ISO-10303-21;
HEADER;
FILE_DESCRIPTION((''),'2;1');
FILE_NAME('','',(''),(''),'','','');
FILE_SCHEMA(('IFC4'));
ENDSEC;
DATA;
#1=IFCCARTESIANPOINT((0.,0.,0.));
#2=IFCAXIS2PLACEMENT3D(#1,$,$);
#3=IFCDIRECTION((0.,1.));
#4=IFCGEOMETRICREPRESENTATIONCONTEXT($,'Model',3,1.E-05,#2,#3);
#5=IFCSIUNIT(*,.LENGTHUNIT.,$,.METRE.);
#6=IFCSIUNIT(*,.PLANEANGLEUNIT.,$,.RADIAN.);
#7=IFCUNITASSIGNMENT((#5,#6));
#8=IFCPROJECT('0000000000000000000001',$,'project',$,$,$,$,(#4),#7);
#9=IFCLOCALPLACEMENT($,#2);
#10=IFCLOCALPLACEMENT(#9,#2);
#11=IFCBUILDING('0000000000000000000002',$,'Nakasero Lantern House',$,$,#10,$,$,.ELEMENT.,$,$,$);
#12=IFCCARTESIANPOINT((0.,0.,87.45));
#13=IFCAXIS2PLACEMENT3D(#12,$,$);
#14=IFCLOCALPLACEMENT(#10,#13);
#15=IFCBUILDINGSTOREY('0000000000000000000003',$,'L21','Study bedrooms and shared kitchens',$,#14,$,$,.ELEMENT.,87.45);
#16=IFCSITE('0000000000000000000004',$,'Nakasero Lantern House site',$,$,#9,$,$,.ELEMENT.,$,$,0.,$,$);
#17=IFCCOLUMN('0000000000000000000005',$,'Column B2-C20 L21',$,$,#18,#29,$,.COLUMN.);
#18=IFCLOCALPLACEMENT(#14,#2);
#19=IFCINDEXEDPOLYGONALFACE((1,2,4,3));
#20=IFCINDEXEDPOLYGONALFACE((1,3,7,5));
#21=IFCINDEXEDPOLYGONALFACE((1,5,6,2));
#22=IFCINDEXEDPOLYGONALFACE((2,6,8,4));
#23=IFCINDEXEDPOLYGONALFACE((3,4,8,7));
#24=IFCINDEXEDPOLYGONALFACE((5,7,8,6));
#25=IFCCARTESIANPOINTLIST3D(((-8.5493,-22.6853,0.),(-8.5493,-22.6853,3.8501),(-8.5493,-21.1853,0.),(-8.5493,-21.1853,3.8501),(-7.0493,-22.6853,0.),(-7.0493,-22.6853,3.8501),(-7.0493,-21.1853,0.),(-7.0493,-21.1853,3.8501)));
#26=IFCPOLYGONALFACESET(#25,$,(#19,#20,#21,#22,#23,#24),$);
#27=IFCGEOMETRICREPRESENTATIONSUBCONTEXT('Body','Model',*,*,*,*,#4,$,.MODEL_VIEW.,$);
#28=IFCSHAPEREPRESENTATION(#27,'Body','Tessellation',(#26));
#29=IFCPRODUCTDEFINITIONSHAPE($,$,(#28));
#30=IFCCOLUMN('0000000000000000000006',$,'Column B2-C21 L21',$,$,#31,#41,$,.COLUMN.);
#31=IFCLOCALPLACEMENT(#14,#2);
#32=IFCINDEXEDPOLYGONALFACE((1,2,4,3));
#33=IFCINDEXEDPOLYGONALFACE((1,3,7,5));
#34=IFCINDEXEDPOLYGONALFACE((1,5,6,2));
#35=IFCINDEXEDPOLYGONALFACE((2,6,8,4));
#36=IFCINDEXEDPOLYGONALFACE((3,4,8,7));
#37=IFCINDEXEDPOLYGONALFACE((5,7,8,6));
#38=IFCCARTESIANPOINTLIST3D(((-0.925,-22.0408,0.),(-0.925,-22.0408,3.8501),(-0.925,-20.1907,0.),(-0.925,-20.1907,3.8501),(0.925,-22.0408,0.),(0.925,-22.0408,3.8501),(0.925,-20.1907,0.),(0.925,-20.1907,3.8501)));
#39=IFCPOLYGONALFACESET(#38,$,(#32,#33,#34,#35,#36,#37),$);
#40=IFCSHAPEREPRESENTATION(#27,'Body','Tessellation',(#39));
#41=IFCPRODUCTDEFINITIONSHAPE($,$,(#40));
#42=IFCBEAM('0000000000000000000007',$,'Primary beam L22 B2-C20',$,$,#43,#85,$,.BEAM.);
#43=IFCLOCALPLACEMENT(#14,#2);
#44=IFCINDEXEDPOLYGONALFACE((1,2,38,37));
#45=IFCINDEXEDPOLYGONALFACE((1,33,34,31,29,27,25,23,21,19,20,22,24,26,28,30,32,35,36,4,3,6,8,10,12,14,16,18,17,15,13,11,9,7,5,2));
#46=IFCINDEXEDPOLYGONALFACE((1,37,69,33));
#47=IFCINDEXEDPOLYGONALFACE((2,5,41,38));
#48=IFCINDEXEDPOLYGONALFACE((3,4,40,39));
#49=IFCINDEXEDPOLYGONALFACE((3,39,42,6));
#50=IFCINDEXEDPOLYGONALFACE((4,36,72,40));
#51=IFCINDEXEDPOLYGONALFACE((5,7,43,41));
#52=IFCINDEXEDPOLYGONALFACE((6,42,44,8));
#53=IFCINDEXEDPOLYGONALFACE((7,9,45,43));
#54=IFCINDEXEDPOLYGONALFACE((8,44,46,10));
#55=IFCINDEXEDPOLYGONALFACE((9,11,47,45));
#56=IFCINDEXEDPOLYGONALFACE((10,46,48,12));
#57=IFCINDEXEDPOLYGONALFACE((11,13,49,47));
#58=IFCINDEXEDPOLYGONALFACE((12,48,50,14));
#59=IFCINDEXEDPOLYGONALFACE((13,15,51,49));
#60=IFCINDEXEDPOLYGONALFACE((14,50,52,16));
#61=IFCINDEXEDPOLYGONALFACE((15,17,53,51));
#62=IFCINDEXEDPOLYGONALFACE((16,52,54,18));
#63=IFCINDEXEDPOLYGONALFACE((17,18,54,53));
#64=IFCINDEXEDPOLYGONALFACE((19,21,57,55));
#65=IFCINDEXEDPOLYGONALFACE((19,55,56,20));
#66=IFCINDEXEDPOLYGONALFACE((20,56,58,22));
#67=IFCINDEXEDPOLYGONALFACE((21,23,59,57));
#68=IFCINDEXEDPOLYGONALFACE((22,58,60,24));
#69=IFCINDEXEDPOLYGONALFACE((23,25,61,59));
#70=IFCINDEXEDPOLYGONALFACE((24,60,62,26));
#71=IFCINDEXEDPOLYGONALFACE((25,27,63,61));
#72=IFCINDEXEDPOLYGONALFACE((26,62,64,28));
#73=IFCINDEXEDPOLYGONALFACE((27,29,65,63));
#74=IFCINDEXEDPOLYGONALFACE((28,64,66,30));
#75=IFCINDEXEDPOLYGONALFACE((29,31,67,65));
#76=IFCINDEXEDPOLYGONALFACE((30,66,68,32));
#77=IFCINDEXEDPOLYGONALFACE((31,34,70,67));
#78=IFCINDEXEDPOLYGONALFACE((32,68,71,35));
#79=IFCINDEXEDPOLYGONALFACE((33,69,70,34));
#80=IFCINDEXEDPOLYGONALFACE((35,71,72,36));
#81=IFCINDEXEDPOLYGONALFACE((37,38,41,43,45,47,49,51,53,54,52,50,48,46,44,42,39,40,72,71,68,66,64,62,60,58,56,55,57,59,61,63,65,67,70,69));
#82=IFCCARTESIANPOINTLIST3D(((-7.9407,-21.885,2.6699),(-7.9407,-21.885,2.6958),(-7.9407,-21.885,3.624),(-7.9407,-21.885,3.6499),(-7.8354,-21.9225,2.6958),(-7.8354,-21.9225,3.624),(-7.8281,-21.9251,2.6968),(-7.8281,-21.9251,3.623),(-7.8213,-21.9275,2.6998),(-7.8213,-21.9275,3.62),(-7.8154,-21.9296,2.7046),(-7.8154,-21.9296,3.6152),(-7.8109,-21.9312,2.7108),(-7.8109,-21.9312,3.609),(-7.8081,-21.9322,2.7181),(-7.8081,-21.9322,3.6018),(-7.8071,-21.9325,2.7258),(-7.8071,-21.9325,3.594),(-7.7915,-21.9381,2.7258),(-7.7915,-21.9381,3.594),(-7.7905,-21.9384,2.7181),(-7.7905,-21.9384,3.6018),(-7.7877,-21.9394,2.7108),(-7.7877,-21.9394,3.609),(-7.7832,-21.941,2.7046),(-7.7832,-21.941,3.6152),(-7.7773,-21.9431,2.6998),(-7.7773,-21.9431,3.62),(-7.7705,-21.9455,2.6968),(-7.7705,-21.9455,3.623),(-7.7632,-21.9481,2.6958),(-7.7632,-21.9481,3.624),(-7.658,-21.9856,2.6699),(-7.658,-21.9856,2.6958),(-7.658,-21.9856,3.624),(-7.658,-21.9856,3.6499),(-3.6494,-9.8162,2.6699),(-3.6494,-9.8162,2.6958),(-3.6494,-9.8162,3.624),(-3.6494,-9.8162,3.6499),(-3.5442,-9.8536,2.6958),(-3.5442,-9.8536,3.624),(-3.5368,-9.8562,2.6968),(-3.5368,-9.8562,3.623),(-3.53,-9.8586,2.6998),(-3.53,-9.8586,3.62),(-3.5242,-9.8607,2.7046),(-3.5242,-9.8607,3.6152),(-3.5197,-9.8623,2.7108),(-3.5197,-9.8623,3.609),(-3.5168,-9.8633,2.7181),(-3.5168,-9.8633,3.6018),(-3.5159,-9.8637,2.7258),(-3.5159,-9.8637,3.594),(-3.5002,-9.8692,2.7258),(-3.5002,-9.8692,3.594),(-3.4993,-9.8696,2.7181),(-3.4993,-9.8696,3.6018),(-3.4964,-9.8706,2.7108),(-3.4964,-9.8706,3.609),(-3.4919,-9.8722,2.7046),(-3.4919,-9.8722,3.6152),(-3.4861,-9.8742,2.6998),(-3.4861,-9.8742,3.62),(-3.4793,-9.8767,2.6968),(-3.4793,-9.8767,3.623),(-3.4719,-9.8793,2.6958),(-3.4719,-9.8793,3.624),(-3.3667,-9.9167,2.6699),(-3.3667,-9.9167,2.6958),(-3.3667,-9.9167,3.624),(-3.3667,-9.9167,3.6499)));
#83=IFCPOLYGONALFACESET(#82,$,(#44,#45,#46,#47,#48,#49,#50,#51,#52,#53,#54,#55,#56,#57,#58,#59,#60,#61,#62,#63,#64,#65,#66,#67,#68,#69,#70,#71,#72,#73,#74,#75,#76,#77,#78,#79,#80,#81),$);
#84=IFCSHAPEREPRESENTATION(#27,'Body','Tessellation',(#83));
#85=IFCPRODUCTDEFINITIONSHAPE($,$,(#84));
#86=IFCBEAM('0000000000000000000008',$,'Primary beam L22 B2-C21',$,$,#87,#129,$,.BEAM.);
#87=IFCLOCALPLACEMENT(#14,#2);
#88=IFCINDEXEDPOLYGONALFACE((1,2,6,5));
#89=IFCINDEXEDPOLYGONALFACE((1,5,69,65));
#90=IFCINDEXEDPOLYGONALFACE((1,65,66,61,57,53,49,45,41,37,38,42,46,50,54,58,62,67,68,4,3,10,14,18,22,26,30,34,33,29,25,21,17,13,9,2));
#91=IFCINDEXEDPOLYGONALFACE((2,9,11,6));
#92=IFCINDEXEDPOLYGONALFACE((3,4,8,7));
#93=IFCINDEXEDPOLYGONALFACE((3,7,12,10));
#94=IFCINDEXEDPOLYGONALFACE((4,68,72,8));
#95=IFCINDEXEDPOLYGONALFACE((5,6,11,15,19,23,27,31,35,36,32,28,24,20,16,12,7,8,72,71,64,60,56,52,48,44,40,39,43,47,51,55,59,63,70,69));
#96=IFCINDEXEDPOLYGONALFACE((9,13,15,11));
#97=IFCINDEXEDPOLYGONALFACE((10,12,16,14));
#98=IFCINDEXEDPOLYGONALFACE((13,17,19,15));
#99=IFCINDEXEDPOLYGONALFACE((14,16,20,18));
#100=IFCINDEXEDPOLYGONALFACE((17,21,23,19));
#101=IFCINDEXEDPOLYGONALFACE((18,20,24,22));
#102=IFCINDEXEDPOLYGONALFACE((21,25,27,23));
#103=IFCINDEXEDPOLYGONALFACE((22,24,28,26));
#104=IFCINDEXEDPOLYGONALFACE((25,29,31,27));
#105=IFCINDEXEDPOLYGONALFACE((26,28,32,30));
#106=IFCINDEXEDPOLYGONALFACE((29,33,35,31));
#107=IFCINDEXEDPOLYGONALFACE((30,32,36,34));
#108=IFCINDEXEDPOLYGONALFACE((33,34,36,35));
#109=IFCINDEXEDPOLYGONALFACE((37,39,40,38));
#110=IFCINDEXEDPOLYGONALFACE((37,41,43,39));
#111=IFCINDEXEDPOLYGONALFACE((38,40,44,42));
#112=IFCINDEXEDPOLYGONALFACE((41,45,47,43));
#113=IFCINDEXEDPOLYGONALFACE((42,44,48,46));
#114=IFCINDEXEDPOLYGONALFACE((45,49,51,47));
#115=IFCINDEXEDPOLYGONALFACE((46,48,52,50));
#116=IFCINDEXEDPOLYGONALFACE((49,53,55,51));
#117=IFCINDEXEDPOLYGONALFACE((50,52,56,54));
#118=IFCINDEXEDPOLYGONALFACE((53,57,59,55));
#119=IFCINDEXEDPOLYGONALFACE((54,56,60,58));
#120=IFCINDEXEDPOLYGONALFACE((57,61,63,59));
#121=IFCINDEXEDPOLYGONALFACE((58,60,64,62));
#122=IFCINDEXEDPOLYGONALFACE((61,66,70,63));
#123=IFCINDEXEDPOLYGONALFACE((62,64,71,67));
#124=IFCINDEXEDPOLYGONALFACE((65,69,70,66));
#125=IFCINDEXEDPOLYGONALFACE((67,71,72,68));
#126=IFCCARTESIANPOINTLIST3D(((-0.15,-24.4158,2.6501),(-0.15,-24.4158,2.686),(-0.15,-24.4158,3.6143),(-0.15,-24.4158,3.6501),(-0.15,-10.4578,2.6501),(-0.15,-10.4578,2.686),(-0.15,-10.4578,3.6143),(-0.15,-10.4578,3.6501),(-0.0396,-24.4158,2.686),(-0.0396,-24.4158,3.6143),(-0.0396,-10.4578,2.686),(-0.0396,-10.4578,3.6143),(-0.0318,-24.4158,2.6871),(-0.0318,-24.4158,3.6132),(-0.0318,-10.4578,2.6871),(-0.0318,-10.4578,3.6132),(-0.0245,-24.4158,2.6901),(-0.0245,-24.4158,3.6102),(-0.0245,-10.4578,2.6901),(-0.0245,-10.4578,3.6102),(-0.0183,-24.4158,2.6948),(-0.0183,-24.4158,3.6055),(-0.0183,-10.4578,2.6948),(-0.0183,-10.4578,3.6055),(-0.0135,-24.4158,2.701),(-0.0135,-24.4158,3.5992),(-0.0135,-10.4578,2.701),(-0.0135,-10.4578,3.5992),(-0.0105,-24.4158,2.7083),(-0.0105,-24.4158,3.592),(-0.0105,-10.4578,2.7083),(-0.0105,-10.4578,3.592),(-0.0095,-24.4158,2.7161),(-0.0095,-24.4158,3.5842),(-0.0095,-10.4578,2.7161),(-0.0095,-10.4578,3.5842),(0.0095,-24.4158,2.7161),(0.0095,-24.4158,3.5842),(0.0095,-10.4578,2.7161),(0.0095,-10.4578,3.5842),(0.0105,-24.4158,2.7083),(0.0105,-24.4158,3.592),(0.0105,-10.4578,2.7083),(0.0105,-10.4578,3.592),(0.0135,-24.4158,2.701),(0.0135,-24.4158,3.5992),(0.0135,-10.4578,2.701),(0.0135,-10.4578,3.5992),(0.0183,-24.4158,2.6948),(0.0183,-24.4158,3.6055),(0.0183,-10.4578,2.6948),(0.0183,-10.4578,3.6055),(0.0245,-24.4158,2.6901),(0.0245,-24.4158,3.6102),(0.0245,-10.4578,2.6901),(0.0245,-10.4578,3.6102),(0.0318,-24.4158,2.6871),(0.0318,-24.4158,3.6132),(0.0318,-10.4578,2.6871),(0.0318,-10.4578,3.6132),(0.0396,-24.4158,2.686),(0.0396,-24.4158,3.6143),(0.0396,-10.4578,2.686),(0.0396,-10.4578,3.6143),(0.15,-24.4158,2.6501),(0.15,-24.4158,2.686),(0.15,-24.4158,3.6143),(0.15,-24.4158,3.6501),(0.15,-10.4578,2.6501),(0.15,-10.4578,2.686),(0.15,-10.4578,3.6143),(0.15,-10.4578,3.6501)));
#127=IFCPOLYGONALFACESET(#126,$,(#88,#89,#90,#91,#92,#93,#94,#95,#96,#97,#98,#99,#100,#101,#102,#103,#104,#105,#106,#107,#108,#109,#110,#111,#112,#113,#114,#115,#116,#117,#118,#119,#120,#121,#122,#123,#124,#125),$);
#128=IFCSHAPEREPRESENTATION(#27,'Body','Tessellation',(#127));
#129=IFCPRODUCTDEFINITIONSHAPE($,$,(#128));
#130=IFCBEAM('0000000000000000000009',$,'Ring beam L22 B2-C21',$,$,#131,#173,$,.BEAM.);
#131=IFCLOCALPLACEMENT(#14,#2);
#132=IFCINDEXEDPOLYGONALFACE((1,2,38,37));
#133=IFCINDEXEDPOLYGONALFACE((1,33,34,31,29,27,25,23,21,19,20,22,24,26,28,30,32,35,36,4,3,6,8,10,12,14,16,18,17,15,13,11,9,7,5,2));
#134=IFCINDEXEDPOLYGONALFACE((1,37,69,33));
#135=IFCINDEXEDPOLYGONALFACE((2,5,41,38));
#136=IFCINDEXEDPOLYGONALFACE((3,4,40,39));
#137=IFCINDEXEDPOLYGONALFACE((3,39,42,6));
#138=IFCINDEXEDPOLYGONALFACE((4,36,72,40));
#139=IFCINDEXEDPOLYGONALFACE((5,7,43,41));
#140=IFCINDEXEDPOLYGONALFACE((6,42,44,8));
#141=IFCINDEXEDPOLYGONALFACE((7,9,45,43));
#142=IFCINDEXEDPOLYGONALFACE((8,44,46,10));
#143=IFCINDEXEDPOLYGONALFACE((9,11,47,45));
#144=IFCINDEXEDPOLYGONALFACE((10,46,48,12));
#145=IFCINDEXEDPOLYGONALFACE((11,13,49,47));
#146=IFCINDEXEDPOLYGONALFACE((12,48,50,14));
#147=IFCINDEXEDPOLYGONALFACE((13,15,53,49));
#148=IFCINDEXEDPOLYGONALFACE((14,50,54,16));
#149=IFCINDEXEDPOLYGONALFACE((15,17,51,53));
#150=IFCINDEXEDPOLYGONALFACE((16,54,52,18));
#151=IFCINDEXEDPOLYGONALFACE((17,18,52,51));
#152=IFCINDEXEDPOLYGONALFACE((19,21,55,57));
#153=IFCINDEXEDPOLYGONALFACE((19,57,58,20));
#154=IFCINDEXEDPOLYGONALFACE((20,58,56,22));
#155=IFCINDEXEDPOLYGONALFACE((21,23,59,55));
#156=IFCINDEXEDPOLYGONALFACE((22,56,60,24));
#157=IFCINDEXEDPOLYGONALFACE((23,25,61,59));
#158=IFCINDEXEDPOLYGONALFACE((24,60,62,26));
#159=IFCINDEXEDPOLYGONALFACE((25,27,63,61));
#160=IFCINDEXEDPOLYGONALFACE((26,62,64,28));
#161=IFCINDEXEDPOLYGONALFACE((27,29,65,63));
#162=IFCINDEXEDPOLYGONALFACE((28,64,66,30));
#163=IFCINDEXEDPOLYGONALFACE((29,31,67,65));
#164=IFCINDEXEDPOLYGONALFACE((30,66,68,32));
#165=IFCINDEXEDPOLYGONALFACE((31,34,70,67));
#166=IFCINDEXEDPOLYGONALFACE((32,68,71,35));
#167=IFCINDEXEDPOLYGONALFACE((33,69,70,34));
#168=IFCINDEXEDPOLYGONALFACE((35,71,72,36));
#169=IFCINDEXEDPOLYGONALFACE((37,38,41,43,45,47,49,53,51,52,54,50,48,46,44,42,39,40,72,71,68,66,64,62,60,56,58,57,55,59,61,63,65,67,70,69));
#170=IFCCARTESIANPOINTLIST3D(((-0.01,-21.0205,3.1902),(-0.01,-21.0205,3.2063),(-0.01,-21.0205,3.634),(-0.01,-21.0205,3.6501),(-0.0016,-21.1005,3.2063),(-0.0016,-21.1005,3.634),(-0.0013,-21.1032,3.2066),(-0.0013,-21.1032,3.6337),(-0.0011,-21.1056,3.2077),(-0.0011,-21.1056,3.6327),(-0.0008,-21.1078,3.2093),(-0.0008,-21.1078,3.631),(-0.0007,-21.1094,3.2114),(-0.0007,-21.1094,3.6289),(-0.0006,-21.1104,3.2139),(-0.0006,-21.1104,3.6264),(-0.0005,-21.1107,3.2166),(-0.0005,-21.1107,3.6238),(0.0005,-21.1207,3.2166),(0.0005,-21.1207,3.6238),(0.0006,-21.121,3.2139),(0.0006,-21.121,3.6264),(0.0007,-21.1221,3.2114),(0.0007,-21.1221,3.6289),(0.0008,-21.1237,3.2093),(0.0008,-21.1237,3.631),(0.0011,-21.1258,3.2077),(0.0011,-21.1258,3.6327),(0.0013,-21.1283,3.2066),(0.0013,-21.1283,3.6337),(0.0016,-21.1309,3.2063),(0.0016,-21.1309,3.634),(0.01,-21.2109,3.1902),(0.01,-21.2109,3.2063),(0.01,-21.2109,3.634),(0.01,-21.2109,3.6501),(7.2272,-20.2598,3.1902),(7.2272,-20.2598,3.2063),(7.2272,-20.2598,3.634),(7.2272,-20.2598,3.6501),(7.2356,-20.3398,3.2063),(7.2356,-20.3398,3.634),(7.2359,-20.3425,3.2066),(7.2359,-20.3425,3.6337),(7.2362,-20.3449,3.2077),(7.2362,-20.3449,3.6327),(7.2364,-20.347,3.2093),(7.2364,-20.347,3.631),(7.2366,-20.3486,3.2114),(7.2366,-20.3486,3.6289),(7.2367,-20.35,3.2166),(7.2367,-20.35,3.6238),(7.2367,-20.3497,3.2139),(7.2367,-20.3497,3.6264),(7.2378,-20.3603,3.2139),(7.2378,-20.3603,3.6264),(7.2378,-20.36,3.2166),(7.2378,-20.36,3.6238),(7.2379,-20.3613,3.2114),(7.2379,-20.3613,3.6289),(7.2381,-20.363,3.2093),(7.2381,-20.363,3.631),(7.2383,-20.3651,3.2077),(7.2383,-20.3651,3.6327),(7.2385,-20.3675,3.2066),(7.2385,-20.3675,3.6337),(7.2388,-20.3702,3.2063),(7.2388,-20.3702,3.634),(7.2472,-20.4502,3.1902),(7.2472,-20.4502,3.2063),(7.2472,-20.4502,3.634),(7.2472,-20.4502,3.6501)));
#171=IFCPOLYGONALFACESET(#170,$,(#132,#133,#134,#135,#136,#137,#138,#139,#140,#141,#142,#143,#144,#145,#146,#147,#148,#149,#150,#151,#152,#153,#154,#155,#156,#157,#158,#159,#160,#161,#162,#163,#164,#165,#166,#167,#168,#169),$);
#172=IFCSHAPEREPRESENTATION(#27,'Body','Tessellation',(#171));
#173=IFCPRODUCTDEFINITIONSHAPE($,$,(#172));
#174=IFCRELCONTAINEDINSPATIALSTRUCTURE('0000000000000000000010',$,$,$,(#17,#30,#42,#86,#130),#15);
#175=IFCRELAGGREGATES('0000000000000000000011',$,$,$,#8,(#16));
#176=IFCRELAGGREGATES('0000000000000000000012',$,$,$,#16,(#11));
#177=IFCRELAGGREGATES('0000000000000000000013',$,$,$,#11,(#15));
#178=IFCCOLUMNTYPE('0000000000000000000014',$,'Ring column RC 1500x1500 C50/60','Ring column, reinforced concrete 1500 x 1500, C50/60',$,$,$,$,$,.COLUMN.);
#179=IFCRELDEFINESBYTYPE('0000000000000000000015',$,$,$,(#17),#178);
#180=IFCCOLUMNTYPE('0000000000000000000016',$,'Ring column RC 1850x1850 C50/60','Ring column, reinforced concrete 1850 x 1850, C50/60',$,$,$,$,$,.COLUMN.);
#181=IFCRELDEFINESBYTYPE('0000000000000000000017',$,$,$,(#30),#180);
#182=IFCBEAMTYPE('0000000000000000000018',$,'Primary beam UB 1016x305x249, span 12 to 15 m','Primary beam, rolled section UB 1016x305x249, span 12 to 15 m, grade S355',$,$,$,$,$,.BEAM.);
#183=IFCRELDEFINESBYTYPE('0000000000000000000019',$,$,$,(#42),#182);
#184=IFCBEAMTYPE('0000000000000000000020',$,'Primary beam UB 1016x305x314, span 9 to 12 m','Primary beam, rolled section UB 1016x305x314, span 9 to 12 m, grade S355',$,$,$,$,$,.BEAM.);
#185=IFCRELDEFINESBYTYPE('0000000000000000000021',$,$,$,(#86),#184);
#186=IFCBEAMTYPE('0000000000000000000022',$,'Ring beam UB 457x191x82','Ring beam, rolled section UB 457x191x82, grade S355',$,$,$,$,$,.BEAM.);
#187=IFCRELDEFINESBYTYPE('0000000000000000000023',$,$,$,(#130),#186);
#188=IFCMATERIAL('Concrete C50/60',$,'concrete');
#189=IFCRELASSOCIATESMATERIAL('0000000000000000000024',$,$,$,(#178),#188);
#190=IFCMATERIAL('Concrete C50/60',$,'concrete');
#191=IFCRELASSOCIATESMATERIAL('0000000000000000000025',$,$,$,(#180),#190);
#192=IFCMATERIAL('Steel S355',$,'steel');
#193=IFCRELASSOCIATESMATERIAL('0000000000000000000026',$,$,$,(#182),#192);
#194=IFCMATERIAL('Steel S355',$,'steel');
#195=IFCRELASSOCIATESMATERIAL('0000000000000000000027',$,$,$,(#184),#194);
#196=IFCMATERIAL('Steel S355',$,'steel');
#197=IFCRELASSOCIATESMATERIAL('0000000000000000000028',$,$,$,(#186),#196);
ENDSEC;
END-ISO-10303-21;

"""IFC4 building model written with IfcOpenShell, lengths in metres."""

from ifc_helpers import new_model, si_unit, direction, frame, origin, origin_2d, place, context, subcontext, project, spatial, rectangle, i_section, extrude, material, material_profile, profile_set, type_object, element, save


model = new_model("IFC4")

# Units and contexts
model_context = context("Model", 3, precision=1e-05, world=origin(), true_north=direction((0.0, 1.0)))
body_context = subcontext(model_context, "Body", "Model", "MODEL_VIEW")
ifc_project = project(units=[si_unit("LENGTHUNIT", "METRE"), si_unit("PLANEANGLEUNIT", "RADIAN")], contexts=[model_context])

# Site, building, storey
site_placement = place(None, origin())
site = spatial("IfcSite", under=ifc_project, at=site_placement, Name="Nakasero Lantern House site", CompositionType="ELEMENT", RefElevation=0.0)
building_placement = place(site_placement, origin())
building = spatial("IfcBuilding", under=site, at=building_placement, Name="Nakasero Lantern House", CompositionType="ELEMENT")
storey_placement = place(building_placement, frame((0.0, 0.0, 87.45)))
storey = spatial("IfcBuildingStorey", under=building, at=storey_placement, Name="L21", Description="Study bedrooms and shared kitchens", CompositionType="ELEMENT", Elevation=87.45)

# Columns
ifc_material_1 = material(Name="Concrete C50/60", Category="concrete")
ifc_material_profile_1 = material_profile(ifc_material_1, rectangle(XDim=1.5, YDim=1.5, at=origin_2d()), Name="RC 1500x1500")
ifc_profile_set_1 = profile_set([ifc_material_profile_1], Name="Concrete C50/60")
column_type_1 = type_object("IfcColumnType", Name="Ring column RC 1500x1500 C50/60", Description="Ring column, reinforced concrete 1500 x 1500, C50/60", PredefinedType="COLUMN", material=ifc_profile_set_1)
column_1_placement = place(storey_placement, frame((-7.7993, -21.9353, 0.0), z_axis=(0.0, 0.0, 1.0), x_axis=(1.0, 0.0, 0.0)))
element("IfcColumn", 1, at=column_1_placement, inside=storey, type_object=column_type_1, Name="Column B2-C20 L21", PredefinedType="COLUMN", context=body_context, shape_type="SweptSolid", body=[
    extrude(rectangle(XDim=1.5, YDim=1.5, at=origin_2d()), origin(), (0.0, 0.0, 1.0), 3.8501),
])
ifc_material_2 = material(Name="Concrete C50/60", Category="concrete")
ifc_material_profile_2 = material_profile(ifc_material_2, rectangle(XDim=1.8501, YDim=1.8501, at=origin_2d()), Name="RC 1850x1850")
ifc_profile_set_2 = profile_set([ifc_material_profile_2], Name="Concrete C50/60")
column_type_2 = type_object("IfcColumnType", Name="Ring column RC 1850x1850 C50/60", Description="Ring column, reinforced concrete 1850 x 1850, C50/60", PredefinedType="COLUMN", material=ifc_profile_set_2)
column_2_placement = place(storey_placement, frame((0.0, -21.1157, 0.0), z_axis=(0.0, 0.0, 1.0), x_axis=(1.0, 0.0, 0.0)))
element("IfcColumn", 2, at=column_2_placement, inside=storey, type_object=column_type_2, Name="Column B2-C21 L21", PredefinedType="COLUMN", context=body_context, shape_type="SweptSolid", body=[
    extrude(rectangle(XDim=1.8501, YDim=1.8501, at=origin_2d()), origin(), (0.0, 0.0, 1.0), 3.8501),
])

# Beams
ifc_material_3 = material(Name="Steel S355", Category="steel")
ifc_material_profile_3 = material_profile(ifc_material_3, i_section(OverallWidth=0.3, OverallDepth=0.98, WebThickness=0.0166, FlangeThickness=0.0259, FilletRadius=0.03, at=origin_2d()), Name="UB 1016x305x249")
ifc_profile_set_3 = profile_set([ifc_material_profile_3], Name="Steel S355")
beam_type_1 = type_object("IfcBeamType", Name="Primary beam UB 1016x305x249, span 12 to 15 m", Description="Primary beam, rolled section UB 1016x305x249, span 12 to 15 m, grade S355", PredefinedType="BEAM", material=ifc_profile_set_3)
beam_1_placement = place(storey_placement, frame((-7.7993, -21.9353, 3.1599), z_axis=(0.335018, 0.942212, 0.0), x_axis=(-0.942212, 0.335018, 0.0)))
element("IfcBeam", 3, at=beam_1_placement, inside=storey, type_object=beam_type_1, Name="Primary beam L22 B2-C20", PredefinedType="BEAM", context=body_context, shape_type="SweptSolid", body=[
    extrude(i_section(OverallWidth=0.3, OverallDepth=0.98, WebThickness=0.0166, FlangeThickness=0.0259, FilletRadius=0.03, at=origin_2d()), origin(), (0.0, 0.0, 1.0), 12.8091),
])
ifc_material_4 = material(Name="Steel S355", Category="steel")
ifc_material_profile_4 = material_profile(ifc_material_4, i_section(OverallWidth=0.3, OverallDepth=1.0, WebThickness=0.019, FlangeThickness=0.0359, FilletRadius=0.03, at=origin_2d()), Name="UB 1016x305x314")
ifc_profile_set_4 = profile_set([ifc_material_profile_4], Name="Steel S355")
beam_type_2 = type_object("IfcBeamType", Name="Primary beam UB 1016x305x314, span 9 to 12 m", Description="Primary beam, rolled section UB 1016x305x314, span 9 to 12 m, grade S355", PredefinedType="BEAM", material=ifc_profile_set_4)
beam_2_placement = place(storey_placement, frame((0.0, -24.4158, 3.1501), z_axis=(0.0, 1.0, 0.0), x_axis=(-1.0, 0.0, 0.0)))
element("IfcBeam", 4, at=beam_2_placement, inside=storey, type_object=beam_type_2, Name="Primary beam L22 B2-C21", PredefinedType="BEAM", context=body_context, shape_type="SweptSolid", body=[
    extrude(i_section(OverallWidth=0.3, OverallDepth=1.0, WebThickness=0.019, FlangeThickness=0.0359, FilletRadius=0.03, at=origin_2d()), origin(), (0.0, 0.0, 1.0), 13.958),
])
ifc_material_5 = material(Name="Steel S355", Category="steel")
ifc_material_profile_5 = material_profile(ifc_material_5, i_section(OverallWidth=0.1914, OverallDepth=0.46, WebThickness=0.01, FlangeThickness=0.0161, FilletRadius=0.0103, at=origin_2d()), Name="UB 457x191x82")
ifc_profile_set_5 = profile_set([ifc_material_profile_5], Name="Steel S355")
beam_type_3 = type_object("IfcBeamType", Name="Ring beam UB 457x191x82", Description="Ring beam, rolled section UB 457x191x82, grade S355", PredefinedType="BEAM", material=ifc_profile_set_5)
beam_3_placement = place(storey_placement, frame((0.0, -21.1157, 3.4202), z_axis=(0.994521, 0.104538, 0.0), x_axis=(-0.104538, 0.994521, 0.0)))
element("IfcBeam", 5, at=beam_3_placement, inside=storey, type_object=beam_type_3, Name="Ring beam L22 B2-C21", PredefinedType="BEAM", context=body_context, shape_type="SweptSolid", body=[
    extrude(i_section(OverallWidth=0.1914, OverallDepth=0.46, WebThickness=0.01, FlangeThickness=0.0161, FilletRadius=0.0103, at=origin_2d()), origin(), (0.0, 0.0, 1.0), 7.2771),
])

save(model, "model.ifc")
